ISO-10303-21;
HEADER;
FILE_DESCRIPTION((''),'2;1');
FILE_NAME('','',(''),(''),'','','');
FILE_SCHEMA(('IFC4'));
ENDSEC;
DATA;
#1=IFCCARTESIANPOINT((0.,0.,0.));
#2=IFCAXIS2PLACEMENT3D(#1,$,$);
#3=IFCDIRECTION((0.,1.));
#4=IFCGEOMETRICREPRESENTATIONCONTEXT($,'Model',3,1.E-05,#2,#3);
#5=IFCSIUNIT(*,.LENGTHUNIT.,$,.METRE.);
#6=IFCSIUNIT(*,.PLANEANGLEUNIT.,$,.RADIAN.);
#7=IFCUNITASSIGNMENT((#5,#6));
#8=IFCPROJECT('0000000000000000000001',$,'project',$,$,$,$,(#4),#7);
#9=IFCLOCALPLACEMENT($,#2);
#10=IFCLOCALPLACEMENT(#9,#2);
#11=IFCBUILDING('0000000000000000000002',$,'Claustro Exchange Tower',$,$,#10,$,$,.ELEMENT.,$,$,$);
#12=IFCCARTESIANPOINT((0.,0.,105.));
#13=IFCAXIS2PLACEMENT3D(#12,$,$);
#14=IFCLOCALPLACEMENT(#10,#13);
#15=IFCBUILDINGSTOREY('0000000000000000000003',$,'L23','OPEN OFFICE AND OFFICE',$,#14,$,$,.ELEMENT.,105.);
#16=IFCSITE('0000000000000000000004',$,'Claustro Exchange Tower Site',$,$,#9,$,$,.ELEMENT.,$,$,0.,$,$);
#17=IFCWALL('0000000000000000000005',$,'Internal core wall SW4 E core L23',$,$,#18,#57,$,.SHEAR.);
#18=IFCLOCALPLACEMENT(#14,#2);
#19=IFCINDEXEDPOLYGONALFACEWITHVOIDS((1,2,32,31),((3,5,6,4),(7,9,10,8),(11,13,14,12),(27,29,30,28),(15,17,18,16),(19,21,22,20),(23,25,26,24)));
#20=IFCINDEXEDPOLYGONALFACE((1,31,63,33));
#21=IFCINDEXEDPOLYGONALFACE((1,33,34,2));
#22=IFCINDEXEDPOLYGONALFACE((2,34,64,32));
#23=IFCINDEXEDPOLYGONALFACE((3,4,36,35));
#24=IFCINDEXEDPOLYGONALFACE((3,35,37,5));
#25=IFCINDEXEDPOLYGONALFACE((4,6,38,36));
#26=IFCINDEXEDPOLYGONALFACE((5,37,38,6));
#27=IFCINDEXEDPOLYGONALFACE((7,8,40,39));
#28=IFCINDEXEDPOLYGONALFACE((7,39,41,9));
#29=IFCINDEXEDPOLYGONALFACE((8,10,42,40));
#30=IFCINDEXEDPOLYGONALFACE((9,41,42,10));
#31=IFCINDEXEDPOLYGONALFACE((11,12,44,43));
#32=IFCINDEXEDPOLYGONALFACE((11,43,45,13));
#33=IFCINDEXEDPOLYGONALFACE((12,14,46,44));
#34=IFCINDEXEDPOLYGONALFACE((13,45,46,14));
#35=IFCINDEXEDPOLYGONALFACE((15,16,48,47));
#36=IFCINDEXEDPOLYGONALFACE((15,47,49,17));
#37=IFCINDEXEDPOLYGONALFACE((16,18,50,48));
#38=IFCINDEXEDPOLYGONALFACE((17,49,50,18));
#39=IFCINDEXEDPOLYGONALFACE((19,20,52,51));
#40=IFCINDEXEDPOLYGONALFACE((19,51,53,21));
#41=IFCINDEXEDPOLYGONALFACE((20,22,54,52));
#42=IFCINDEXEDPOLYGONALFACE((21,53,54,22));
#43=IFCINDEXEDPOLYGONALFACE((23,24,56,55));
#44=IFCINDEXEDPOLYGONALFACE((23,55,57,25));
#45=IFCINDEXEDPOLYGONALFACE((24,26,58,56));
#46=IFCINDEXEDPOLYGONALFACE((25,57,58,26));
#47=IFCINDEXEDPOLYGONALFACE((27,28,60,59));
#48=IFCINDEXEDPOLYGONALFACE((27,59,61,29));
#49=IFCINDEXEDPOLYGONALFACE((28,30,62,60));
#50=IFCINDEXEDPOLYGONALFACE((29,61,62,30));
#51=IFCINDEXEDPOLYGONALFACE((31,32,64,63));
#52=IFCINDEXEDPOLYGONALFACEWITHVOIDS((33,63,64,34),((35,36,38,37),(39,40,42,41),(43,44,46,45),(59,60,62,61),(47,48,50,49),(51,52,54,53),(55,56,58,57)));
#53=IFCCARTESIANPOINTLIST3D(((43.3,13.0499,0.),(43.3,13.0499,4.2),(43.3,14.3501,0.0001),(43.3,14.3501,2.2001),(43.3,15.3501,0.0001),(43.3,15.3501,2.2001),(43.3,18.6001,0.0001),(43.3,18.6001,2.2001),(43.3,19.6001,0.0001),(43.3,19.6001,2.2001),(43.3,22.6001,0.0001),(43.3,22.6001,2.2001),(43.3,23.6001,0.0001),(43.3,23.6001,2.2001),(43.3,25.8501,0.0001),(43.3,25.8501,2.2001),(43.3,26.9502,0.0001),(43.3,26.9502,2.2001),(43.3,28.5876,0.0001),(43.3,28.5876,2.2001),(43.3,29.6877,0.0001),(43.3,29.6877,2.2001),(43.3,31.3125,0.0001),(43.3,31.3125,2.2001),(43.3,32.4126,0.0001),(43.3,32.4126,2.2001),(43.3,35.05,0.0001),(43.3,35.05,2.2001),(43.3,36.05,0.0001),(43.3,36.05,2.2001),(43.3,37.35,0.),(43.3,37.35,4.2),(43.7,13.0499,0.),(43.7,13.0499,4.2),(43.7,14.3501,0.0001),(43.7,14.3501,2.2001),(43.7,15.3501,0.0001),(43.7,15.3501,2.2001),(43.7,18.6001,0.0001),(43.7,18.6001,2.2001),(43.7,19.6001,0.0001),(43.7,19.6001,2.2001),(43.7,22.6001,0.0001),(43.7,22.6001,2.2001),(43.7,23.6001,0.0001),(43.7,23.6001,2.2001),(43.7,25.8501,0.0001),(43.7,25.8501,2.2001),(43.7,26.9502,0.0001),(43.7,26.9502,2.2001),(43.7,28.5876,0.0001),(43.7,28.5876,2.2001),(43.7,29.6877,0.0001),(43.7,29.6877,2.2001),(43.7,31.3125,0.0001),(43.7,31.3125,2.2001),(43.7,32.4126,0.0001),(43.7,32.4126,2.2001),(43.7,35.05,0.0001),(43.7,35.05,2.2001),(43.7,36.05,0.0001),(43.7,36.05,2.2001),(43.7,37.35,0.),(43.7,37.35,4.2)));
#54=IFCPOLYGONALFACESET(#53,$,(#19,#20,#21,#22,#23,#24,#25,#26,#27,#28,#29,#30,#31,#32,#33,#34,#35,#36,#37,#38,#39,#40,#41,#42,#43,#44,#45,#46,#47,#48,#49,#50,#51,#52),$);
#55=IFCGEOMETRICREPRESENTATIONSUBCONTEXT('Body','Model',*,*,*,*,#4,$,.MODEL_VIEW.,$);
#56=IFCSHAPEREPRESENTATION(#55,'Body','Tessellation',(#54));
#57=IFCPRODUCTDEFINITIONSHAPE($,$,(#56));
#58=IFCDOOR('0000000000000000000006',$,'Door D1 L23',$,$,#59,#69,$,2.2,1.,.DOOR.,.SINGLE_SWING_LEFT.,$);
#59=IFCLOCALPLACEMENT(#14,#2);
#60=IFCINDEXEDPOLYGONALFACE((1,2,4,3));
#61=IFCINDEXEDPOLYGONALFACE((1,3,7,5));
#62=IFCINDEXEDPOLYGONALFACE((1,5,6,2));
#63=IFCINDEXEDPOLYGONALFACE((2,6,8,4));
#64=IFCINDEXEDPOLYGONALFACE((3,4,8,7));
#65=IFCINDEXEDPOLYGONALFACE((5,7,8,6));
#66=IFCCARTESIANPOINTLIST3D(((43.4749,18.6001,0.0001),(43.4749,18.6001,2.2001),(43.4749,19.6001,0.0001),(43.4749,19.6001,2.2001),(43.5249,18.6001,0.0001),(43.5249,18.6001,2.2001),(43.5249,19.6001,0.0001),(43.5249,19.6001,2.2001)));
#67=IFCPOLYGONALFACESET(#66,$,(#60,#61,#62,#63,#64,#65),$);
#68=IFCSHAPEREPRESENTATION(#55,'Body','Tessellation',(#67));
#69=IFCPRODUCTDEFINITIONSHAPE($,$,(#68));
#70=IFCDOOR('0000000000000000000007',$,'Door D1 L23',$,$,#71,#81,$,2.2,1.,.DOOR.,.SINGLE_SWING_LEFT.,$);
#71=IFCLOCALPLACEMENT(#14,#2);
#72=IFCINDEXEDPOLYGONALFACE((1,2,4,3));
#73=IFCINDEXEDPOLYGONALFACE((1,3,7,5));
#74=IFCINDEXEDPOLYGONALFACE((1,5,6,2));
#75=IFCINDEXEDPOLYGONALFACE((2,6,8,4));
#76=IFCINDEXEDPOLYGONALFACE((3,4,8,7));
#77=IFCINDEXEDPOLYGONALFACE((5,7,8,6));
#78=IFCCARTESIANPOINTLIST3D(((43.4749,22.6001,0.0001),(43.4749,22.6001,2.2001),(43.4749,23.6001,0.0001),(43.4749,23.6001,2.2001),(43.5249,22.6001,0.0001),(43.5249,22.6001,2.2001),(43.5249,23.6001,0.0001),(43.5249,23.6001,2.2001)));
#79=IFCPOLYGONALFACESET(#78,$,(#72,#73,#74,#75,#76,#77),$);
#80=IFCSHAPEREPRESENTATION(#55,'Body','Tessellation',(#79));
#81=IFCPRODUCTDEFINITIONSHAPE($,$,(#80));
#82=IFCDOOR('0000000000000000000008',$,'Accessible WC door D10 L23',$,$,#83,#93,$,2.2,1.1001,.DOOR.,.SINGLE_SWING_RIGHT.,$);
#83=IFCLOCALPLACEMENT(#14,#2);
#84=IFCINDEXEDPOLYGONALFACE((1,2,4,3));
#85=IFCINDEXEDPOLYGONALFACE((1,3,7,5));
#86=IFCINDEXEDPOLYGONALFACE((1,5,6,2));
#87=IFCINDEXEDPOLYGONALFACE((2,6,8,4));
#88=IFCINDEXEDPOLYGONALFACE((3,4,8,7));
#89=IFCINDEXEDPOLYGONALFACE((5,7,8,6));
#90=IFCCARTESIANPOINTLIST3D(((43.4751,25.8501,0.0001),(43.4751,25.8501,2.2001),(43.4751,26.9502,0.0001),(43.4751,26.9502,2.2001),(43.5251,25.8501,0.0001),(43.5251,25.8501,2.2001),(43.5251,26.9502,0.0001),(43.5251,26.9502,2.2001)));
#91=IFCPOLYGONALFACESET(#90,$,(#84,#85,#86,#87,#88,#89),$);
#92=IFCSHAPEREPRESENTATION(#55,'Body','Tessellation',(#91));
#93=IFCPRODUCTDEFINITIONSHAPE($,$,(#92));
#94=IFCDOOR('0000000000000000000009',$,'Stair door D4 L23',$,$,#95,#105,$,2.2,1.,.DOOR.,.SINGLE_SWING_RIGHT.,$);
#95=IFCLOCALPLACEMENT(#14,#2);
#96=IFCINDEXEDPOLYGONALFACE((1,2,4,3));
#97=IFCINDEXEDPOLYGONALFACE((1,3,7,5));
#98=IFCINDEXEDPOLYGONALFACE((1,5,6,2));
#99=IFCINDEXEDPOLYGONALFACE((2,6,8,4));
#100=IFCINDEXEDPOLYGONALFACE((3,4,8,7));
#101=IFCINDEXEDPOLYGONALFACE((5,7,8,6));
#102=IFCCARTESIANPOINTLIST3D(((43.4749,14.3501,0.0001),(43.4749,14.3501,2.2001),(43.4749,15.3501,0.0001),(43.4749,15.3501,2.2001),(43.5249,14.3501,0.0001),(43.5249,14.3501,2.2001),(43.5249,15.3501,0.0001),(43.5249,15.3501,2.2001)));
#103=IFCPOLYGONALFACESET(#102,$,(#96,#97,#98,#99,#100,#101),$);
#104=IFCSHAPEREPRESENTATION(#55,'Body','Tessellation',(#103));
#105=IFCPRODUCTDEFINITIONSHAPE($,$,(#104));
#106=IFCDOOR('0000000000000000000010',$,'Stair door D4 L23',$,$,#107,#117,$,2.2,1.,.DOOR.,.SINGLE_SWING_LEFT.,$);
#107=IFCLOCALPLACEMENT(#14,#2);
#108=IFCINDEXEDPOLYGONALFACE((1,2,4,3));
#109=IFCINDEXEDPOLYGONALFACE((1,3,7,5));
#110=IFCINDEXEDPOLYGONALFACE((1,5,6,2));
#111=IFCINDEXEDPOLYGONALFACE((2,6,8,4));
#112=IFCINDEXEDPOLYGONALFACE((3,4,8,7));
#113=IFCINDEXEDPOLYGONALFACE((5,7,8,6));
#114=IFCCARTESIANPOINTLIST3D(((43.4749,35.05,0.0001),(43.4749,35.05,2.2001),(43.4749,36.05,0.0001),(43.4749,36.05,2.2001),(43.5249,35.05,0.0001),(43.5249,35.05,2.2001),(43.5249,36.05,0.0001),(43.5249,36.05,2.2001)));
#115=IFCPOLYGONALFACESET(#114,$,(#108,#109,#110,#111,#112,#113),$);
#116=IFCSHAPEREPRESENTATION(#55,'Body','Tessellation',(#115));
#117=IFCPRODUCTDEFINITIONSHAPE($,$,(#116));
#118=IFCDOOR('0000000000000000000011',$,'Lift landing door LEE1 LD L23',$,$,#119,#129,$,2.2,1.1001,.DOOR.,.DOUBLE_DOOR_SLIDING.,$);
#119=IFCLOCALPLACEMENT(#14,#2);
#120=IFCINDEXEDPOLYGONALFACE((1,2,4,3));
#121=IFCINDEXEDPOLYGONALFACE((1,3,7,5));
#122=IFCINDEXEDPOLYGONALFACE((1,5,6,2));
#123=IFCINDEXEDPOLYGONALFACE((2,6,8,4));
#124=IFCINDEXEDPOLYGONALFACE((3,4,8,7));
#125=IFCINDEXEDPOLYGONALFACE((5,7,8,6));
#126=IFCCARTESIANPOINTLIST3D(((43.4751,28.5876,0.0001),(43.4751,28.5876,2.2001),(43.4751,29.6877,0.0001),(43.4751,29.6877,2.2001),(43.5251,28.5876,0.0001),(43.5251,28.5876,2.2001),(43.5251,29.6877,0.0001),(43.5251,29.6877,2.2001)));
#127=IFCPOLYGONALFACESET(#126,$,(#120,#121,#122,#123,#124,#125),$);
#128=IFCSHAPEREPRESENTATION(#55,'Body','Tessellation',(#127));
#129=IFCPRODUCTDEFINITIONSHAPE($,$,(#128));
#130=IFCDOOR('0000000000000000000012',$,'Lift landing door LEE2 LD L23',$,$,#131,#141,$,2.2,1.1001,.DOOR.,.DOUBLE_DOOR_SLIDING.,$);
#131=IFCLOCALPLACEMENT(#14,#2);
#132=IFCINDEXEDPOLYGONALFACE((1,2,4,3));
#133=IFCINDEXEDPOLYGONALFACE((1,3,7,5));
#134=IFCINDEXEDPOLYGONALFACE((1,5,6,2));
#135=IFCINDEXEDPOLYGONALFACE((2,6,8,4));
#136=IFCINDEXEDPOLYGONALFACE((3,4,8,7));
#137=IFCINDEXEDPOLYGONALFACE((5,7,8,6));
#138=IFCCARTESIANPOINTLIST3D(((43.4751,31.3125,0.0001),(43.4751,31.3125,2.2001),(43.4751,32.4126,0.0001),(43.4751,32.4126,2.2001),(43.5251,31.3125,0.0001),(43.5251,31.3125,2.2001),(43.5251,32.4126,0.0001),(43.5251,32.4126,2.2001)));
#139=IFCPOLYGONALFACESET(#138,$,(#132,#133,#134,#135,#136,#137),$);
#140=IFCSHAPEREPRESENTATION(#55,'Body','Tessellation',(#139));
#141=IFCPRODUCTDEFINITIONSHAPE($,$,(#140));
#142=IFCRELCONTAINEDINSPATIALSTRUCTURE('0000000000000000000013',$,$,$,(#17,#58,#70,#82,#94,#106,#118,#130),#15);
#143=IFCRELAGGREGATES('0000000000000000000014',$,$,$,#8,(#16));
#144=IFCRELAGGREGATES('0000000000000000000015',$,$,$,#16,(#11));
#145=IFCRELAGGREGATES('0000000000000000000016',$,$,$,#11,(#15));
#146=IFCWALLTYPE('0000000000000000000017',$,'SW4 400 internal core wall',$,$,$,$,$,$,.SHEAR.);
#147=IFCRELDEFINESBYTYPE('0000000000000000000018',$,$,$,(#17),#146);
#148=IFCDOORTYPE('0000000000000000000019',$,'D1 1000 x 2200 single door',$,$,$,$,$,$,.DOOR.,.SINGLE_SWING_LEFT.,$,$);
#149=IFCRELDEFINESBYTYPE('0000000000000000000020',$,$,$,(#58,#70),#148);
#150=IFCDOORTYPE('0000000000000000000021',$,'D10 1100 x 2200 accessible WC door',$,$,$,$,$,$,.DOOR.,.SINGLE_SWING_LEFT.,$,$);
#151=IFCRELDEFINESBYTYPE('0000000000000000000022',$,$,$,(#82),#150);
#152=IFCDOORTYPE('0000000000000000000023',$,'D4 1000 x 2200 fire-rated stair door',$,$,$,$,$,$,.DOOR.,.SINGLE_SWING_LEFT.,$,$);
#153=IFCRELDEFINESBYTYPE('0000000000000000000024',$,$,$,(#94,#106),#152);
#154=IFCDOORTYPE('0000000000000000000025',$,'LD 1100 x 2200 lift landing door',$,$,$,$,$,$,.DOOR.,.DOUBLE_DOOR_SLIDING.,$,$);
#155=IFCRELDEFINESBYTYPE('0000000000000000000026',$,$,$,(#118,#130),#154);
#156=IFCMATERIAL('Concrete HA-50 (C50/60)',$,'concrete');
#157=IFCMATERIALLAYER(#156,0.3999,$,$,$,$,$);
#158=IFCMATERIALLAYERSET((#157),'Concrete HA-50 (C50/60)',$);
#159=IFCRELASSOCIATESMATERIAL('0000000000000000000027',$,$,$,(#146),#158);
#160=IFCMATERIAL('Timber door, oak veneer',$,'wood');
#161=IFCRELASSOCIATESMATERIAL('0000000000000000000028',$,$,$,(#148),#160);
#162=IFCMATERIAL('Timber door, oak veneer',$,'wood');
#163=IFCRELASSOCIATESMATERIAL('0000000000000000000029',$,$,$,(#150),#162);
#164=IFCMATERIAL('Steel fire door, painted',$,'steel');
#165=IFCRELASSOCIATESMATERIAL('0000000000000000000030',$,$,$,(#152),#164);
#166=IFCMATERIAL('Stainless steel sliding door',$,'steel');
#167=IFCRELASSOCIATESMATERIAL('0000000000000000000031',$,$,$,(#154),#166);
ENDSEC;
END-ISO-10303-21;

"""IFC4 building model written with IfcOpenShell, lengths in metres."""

from ifc_helpers import new_model, si_unit, direction, frame, frame_2d, origin, place, context, subcontext, project, spatial, rectangle, extrude, material, layer, layer_set, type_object, element, fill, save


model = new_model("IFC4")

# Units and contexts
model_context = context("Model", 3, precision=1e-05, world=origin(), true_north=direction((0.0, 1.0)))
body_context = subcontext(model_context, "Body", "Model", "MODEL_VIEW")
ifc_project = project(units=[si_unit("LENGTHUNIT", "METRE"), si_unit("PLANEANGLEUNIT", "RADIAN")], contexts=[model_context])

# Site, building, storey
site_placement = place(None, origin())
site = spatial("IfcSite", under=ifc_project, at=site_placement, Name="Claustro Exchange Tower Site", CompositionType="ELEMENT", RefElevation=0.0)
building_placement = place(site_placement, origin())
building = spatial("IfcBuilding", under=site, at=building_placement, Name="Claustro Exchange Tower", CompositionType="ELEMENT")
storey_placement = place(building_placement, frame((0.0, 0.0, 105.0)))
storey = spatial("IfcBuildingStorey", under=building, at=storey_placement, Name="L23", Description="OPEN OFFICE AND OFFICE", CompositionType="ELEMENT", Elevation=105.0)

# Wall, openings, doors
ifc_material_1 = material(Name="Concrete HA-50 (C50/60)", Category="concrete")
ifc_layer_1 = layer(ifc_material_1, 0.3999)
ifc_layer_set_1 = layer_set([ifc_layer_1], Name="Concrete HA-50 (C50/60)")
wall_type_1 = type_object("IfcWallType", Name="SW4 400 internal core wall", PredefinedType="SHEAR", material=ifc_layer_set_1)
wall_1_placement = place(storey_placement, frame((43.5, 13.05, 0.0), z_axis=(0.0, 0.0, 1.0), x_axis=(0.0, 1.0, 0.0)))
wall_1 = element("IfcWall", 1, at=wall_1_placement, inside=storey, type_object=wall_type_1, Name="Internal core wall SW4 E core L23", PredefinedType="SHEAR", context=body_context, shape_type="SweptSolid", body=[
    extrude(rectangle(XDim=24.3, YDim=0.3999, at=frame_2d((12.1499, 0.0))), origin(), (0.0, 0.0, 1.0), 4.2),
])
opening_1_placement = place(wall_1_placement, frame((1.3, 0.0, 0.0)))
opening_1 = element("IfcOpeningElement", 2, at=opening_1_placement, cuts=wall_1, PredefinedType="OPENING", context=body_context, shape_type="SweptSolid", body=[
    extrude(rectangle(XDim=1.0, YDim=2.2, at=frame_2d((0.5, 1.1001))), frame((0.0, 0.21, 0.0), z_axis=(0.0, -1.0, 0.0), x_axis=(1.0, 0.0, 0.0)), (0.0, 0.0, 1.0), 0.4199),
])
opening_2_placement = place(wall_1_placement, frame((22.0, 0.0, 0.0)))
opening_2 = element("IfcOpeningElement", 3, at=opening_2_placement, cuts=wall_1, PredefinedType="OPENING", context=body_context, shape_type="SweptSolid", body=[
    extrude(rectangle(XDim=1.0, YDim=2.2, at=frame_2d((0.5, 1.1001))), frame((0.0, 0.21, 0.0), z_axis=(0.0, -1.0, 0.0), x_axis=(1.0, 0.0, 0.0)), (0.0, 0.0, 1.0), 0.4199),
])
opening_3_placement = place(wall_1_placement, frame((5.55, 0.0, 0.0)))
opening_3 = element("IfcOpeningElement", 4, at=opening_3_placement, cuts=wall_1, PredefinedType="OPENING", context=body_context, shape_type="SweptSolid", body=[
    extrude(rectangle(XDim=1.0, YDim=2.2, at=frame_2d((0.5, 1.1001))), frame((0.0, 0.21, 0.0), z_axis=(0.0, -1.0, 0.0), x_axis=(1.0, 0.0, 0.0)), (0.0, 0.0, 1.0), 0.4199),
])
opening_4_placement = place(wall_1_placement, frame((9.55, 0.0, 0.0)))
opening_4 = element("IfcOpeningElement", 5, at=opening_4_placement, cuts=wall_1, PredefinedType="OPENING", context=body_context, shape_type="SweptSolid", body=[
    extrude(rectangle(XDim=1.0, YDim=2.2, at=frame_2d((0.5, 1.1001))), frame((0.0, 0.21, 0.0), z_axis=(0.0, -1.0, 0.0), x_axis=(1.0, 0.0, 0.0)), (0.0, 0.0, 1.0), 0.4199),
])
opening_5_placement = place(wall_1_placement, frame((12.8, 0.0, 0.0)))
opening_5 = element("IfcOpeningElement", 6, at=opening_5_placement, cuts=wall_1, PredefinedType="OPENING", context=body_context, shape_type="SweptSolid", body=[
    extrude(rectangle(XDim=1.1001, YDim=2.2, at=frame_2d((0.55, 1.1001))), frame((0.0, 0.21, 0.0), z_axis=(0.0, -1.0, 0.0), x_axis=(1.0, 0.0, 0.0)), (0.0, 0.0, 1.0), 0.4199),
])
opening_6_placement = place(wall_1_placement, frame((15.5376, 0.0, 0.0)))
opening_6 = element("IfcOpeningElement", 7, at=opening_6_placement, cuts=wall_1, PredefinedType="OPENING", context=body_context, shape_type="SweptSolid", body=[
    extrude(rectangle(XDim=1.1001, YDim=2.2, at=frame_2d((0.55, 1.1001))), frame((0.0, 0.21, 0.0), z_axis=(0.0, -1.0, 0.0), x_axis=(1.0, 0.0, 0.0)), (0.0, 0.0, 1.0), 0.4199),
])
opening_7_placement = place(wall_1_placement, frame((18.2625, 0.0, 0.0)))
opening_7 = element("IfcOpeningElement", 8, at=opening_7_placement, cuts=wall_1, PredefinedType="OPENING", context=body_context, shape_type="SweptSolid", body=[
    extrude(rectangle(XDim=1.1001, YDim=2.2, at=frame_2d((0.55, 1.1001))), frame((0.0, 0.21, 0.0), z_axis=(0.0, -1.0, 0.0), x_axis=(1.0, 0.0, 0.0)), (0.0, 0.0, 1.0), 0.4199),
])
ifc_material_2 = material(Name="Timber door, oak veneer", Category="wood")
door_type_1 = type_object("IfcDoorType", Name="D1 1000 x 2200 single door", OperationType="SINGLE_SWING_LEFT", PredefinedType="DOOR", material=ifc_material_2)
door_1_placement = place(opening_3_placement, frame((1.0, 0.0, 0.0), z_axis=(0.0, 0.0, 1.0), x_axis=(-1.0, 0.0, 0.0)))
door_1 = element("IfcDoor", 9, at=door_1_placement, inside=storey, type_object=door_type_1, Name="Door D1 L23", OperationType="SINGLE_SWING_LEFT", OverallHeight=2.2, OverallWidth=1.0, PredefinedType="DOOR", context=body_context, shape_type="SweptSolid", body=[
    extrude(rectangle(XDim=1.0, YDim=2.2, at=frame_2d((0.5, 1.1001))), frame((0.0, 0.0249, 0.0), z_axis=(0.0, -1.0, 0.0), x_axis=(1.0, 0.0, 0.0)), (0.0, 0.0, 1.0), 0.05),
])
fill(opening_3, door_1)
door_2_placement = place(opening_4_placement, frame((1.0, 0.0, 0.0), z_axis=(0.0, 0.0, 1.0), x_axis=(-1.0, 0.0, 0.0)))
door_2 = element("IfcDoor", 10, at=door_2_placement, inside=storey, type_object=door_type_1, Name="Door D1 L23", OperationType="SINGLE_SWING_LEFT", OverallHeight=2.2, OverallWidth=1.0, PredefinedType="DOOR", context=body_context, shape_type="SweptSolid", body=[
    extrude(rectangle(XDim=1.0, YDim=2.2, at=frame_2d((0.5, 1.1001))), frame((0.0, 0.0249, 0.0), z_axis=(0.0, -1.0, 0.0), x_axis=(1.0, 0.0, 0.0)), (0.0, 0.0, 1.0), 0.05),
])
fill(opening_4, door_2)
ifc_material_3 = material(Name="Timber door, oak veneer", Category="wood")
door_type_2 = type_object("IfcDoorType", Name="D10 1100 x 2200 accessible WC door", OperationType="SINGLE_SWING_LEFT", PredefinedType="DOOR", material=ifc_material_3)
door_3_placement = place(opening_5_placement, origin())
door_3 = element("IfcDoor", 11, at=door_3_placement, inside=storey, type_object=door_type_2, Name="Accessible WC door D10 L23", OperationType="SINGLE_SWING_RIGHT", OverallHeight=2.2, OverallWidth=1.1001, PredefinedType="DOOR", context=body_context, shape_type="SweptSolid", body=[
    extrude(rectangle(XDim=1.1001, YDim=2.2, at=frame_2d((0.55, 1.1001))), frame((0.0, 0.0249, 0.0), z_axis=(0.0, -1.0, 0.0), x_axis=(1.0, 0.0, 0.0)), (0.0, 0.0, 1.0), 0.05),
])
fill(opening_5, door_3)
ifc_material_4 = material(Name="Steel fire door, painted", Category="steel")
door_type_3 = type_object("IfcDoorType", Name="D4 1000 x 2200 fire-rated stair door", OperationType="SINGLE_SWING_LEFT", PredefinedType="DOOR", material=ifc_material_4)
door_4_placement = place(opening_1_placement, frame((1.0, 0.0, 0.0), z_axis=(0.0, 0.0, 1.0), x_axis=(-1.0, 0.0, 0.0)))
door_4 = element("IfcDoor", 12, at=door_4_placement, inside=storey, type_object=door_type_3, Name="Stair door D4 L23", OperationType="SINGLE_SWING_RIGHT", OverallHeight=2.2, OverallWidth=1.0, PredefinedType="DOOR", context=body_context, shape_type="SweptSolid", body=[
    extrude(rectangle(XDim=1.0, YDim=2.2, at=frame_2d((0.5, 1.1001))), frame((0.0, 0.0249, 0.0), z_axis=(0.0, -1.0, 0.0), x_axis=(1.0, 0.0, 0.0)), (0.0, 0.0, 1.0), 0.05),
])
fill(opening_1, door_4)
door_5_placement = place(opening_2_placement, frame((1.0, 0.0, 0.0), z_axis=(0.0, 0.0, 1.0), x_axis=(-1.0, 0.0, 0.0)))
door_5 = element("IfcDoor", 13, at=door_5_placement, inside=storey, type_object=door_type_3, Name="Stair door D4 L23", OperationType="SINGLE_SWING_LEFT", OverallHeight=2.2, OverallWidth=1.0, PredefinedType="DOOR", context=body_context, shape_type="SweptSolid", body=[
    extrude(rectangle(XDim=1.0, YDim=2.2, at=frame_2d((0.5, 1.1001))), frame((0.0, 0.0249, 0.0), z_axis=(0.0, -1.0, 0.0), x_axis=(1.0, 0.0, 0.0)), (0.0, 0.0, 1.0), 0.05),
])
fill(opening_2, door_5)
ifc_material_5 = material(Name="Stainless steel sliding door", Category="steel")
door_type_4 = type_object("IfcDoorType", Name="LD 1100 x 2200 lift landing door", OperationType="DOUBLE_DOOR_SLIDING", PredefinedType="DOOR", material=ifc_material_5)
door_6_placement = place(opening_6_placement, origin())
door_6 = element("IfcDoor", 14, at=door_6_placement, inside=storey, type_object=door_type_4, Name="Lift landing door LEE1 LD L23", OperationType="DOUBLE_DOOR_SLIDING", OverallHeight=2.2, OverallWidth=1.1001, PredefinedType="DOOR", context=body_context, shape_type="SweptSolid", body=[
    extrude(rectangle(XDim=1.1001, YDim=2.2, at=frame_2d((0.55, 1.1001))), frame((0.0, 0.0249, 0.0), z_axis=(0.0, -1.0, 0.0), x_axis=(1.0, 0.0, 0.0)), (0.0, 0.0, 1.0), 0.05),
])
fill(opening_6, door_6)
door_7_placement = place(opening_7_placement, origin())
door_7 = element("IfcDoor", 15, at=door_7_placement, inside=storey, type_object=door_type_4, Name="Lift landing door LEE2 LD L23", OperationType="DOUBLE_DOOR_SLIDING", OverallHeight=2.2, OverallWidth=1.1001, PredefinedType="DOOR", context=body_context, shape_type="SweptSolid", body=[
    extrude(rectangle(XDim=1.1001, YDim=2.2, at=frame_2d((0.55, 1.1001))), frame((0.0, 0.0249, 0.0), z_axis=(0.0, -1.0, 0.0), x_axis=(1.0, 0.0, 0.0)), (0.0, 0.0, 1.0), 0.05),
])
fill(opening_7, door_7)

save(model, "model.ifc")
